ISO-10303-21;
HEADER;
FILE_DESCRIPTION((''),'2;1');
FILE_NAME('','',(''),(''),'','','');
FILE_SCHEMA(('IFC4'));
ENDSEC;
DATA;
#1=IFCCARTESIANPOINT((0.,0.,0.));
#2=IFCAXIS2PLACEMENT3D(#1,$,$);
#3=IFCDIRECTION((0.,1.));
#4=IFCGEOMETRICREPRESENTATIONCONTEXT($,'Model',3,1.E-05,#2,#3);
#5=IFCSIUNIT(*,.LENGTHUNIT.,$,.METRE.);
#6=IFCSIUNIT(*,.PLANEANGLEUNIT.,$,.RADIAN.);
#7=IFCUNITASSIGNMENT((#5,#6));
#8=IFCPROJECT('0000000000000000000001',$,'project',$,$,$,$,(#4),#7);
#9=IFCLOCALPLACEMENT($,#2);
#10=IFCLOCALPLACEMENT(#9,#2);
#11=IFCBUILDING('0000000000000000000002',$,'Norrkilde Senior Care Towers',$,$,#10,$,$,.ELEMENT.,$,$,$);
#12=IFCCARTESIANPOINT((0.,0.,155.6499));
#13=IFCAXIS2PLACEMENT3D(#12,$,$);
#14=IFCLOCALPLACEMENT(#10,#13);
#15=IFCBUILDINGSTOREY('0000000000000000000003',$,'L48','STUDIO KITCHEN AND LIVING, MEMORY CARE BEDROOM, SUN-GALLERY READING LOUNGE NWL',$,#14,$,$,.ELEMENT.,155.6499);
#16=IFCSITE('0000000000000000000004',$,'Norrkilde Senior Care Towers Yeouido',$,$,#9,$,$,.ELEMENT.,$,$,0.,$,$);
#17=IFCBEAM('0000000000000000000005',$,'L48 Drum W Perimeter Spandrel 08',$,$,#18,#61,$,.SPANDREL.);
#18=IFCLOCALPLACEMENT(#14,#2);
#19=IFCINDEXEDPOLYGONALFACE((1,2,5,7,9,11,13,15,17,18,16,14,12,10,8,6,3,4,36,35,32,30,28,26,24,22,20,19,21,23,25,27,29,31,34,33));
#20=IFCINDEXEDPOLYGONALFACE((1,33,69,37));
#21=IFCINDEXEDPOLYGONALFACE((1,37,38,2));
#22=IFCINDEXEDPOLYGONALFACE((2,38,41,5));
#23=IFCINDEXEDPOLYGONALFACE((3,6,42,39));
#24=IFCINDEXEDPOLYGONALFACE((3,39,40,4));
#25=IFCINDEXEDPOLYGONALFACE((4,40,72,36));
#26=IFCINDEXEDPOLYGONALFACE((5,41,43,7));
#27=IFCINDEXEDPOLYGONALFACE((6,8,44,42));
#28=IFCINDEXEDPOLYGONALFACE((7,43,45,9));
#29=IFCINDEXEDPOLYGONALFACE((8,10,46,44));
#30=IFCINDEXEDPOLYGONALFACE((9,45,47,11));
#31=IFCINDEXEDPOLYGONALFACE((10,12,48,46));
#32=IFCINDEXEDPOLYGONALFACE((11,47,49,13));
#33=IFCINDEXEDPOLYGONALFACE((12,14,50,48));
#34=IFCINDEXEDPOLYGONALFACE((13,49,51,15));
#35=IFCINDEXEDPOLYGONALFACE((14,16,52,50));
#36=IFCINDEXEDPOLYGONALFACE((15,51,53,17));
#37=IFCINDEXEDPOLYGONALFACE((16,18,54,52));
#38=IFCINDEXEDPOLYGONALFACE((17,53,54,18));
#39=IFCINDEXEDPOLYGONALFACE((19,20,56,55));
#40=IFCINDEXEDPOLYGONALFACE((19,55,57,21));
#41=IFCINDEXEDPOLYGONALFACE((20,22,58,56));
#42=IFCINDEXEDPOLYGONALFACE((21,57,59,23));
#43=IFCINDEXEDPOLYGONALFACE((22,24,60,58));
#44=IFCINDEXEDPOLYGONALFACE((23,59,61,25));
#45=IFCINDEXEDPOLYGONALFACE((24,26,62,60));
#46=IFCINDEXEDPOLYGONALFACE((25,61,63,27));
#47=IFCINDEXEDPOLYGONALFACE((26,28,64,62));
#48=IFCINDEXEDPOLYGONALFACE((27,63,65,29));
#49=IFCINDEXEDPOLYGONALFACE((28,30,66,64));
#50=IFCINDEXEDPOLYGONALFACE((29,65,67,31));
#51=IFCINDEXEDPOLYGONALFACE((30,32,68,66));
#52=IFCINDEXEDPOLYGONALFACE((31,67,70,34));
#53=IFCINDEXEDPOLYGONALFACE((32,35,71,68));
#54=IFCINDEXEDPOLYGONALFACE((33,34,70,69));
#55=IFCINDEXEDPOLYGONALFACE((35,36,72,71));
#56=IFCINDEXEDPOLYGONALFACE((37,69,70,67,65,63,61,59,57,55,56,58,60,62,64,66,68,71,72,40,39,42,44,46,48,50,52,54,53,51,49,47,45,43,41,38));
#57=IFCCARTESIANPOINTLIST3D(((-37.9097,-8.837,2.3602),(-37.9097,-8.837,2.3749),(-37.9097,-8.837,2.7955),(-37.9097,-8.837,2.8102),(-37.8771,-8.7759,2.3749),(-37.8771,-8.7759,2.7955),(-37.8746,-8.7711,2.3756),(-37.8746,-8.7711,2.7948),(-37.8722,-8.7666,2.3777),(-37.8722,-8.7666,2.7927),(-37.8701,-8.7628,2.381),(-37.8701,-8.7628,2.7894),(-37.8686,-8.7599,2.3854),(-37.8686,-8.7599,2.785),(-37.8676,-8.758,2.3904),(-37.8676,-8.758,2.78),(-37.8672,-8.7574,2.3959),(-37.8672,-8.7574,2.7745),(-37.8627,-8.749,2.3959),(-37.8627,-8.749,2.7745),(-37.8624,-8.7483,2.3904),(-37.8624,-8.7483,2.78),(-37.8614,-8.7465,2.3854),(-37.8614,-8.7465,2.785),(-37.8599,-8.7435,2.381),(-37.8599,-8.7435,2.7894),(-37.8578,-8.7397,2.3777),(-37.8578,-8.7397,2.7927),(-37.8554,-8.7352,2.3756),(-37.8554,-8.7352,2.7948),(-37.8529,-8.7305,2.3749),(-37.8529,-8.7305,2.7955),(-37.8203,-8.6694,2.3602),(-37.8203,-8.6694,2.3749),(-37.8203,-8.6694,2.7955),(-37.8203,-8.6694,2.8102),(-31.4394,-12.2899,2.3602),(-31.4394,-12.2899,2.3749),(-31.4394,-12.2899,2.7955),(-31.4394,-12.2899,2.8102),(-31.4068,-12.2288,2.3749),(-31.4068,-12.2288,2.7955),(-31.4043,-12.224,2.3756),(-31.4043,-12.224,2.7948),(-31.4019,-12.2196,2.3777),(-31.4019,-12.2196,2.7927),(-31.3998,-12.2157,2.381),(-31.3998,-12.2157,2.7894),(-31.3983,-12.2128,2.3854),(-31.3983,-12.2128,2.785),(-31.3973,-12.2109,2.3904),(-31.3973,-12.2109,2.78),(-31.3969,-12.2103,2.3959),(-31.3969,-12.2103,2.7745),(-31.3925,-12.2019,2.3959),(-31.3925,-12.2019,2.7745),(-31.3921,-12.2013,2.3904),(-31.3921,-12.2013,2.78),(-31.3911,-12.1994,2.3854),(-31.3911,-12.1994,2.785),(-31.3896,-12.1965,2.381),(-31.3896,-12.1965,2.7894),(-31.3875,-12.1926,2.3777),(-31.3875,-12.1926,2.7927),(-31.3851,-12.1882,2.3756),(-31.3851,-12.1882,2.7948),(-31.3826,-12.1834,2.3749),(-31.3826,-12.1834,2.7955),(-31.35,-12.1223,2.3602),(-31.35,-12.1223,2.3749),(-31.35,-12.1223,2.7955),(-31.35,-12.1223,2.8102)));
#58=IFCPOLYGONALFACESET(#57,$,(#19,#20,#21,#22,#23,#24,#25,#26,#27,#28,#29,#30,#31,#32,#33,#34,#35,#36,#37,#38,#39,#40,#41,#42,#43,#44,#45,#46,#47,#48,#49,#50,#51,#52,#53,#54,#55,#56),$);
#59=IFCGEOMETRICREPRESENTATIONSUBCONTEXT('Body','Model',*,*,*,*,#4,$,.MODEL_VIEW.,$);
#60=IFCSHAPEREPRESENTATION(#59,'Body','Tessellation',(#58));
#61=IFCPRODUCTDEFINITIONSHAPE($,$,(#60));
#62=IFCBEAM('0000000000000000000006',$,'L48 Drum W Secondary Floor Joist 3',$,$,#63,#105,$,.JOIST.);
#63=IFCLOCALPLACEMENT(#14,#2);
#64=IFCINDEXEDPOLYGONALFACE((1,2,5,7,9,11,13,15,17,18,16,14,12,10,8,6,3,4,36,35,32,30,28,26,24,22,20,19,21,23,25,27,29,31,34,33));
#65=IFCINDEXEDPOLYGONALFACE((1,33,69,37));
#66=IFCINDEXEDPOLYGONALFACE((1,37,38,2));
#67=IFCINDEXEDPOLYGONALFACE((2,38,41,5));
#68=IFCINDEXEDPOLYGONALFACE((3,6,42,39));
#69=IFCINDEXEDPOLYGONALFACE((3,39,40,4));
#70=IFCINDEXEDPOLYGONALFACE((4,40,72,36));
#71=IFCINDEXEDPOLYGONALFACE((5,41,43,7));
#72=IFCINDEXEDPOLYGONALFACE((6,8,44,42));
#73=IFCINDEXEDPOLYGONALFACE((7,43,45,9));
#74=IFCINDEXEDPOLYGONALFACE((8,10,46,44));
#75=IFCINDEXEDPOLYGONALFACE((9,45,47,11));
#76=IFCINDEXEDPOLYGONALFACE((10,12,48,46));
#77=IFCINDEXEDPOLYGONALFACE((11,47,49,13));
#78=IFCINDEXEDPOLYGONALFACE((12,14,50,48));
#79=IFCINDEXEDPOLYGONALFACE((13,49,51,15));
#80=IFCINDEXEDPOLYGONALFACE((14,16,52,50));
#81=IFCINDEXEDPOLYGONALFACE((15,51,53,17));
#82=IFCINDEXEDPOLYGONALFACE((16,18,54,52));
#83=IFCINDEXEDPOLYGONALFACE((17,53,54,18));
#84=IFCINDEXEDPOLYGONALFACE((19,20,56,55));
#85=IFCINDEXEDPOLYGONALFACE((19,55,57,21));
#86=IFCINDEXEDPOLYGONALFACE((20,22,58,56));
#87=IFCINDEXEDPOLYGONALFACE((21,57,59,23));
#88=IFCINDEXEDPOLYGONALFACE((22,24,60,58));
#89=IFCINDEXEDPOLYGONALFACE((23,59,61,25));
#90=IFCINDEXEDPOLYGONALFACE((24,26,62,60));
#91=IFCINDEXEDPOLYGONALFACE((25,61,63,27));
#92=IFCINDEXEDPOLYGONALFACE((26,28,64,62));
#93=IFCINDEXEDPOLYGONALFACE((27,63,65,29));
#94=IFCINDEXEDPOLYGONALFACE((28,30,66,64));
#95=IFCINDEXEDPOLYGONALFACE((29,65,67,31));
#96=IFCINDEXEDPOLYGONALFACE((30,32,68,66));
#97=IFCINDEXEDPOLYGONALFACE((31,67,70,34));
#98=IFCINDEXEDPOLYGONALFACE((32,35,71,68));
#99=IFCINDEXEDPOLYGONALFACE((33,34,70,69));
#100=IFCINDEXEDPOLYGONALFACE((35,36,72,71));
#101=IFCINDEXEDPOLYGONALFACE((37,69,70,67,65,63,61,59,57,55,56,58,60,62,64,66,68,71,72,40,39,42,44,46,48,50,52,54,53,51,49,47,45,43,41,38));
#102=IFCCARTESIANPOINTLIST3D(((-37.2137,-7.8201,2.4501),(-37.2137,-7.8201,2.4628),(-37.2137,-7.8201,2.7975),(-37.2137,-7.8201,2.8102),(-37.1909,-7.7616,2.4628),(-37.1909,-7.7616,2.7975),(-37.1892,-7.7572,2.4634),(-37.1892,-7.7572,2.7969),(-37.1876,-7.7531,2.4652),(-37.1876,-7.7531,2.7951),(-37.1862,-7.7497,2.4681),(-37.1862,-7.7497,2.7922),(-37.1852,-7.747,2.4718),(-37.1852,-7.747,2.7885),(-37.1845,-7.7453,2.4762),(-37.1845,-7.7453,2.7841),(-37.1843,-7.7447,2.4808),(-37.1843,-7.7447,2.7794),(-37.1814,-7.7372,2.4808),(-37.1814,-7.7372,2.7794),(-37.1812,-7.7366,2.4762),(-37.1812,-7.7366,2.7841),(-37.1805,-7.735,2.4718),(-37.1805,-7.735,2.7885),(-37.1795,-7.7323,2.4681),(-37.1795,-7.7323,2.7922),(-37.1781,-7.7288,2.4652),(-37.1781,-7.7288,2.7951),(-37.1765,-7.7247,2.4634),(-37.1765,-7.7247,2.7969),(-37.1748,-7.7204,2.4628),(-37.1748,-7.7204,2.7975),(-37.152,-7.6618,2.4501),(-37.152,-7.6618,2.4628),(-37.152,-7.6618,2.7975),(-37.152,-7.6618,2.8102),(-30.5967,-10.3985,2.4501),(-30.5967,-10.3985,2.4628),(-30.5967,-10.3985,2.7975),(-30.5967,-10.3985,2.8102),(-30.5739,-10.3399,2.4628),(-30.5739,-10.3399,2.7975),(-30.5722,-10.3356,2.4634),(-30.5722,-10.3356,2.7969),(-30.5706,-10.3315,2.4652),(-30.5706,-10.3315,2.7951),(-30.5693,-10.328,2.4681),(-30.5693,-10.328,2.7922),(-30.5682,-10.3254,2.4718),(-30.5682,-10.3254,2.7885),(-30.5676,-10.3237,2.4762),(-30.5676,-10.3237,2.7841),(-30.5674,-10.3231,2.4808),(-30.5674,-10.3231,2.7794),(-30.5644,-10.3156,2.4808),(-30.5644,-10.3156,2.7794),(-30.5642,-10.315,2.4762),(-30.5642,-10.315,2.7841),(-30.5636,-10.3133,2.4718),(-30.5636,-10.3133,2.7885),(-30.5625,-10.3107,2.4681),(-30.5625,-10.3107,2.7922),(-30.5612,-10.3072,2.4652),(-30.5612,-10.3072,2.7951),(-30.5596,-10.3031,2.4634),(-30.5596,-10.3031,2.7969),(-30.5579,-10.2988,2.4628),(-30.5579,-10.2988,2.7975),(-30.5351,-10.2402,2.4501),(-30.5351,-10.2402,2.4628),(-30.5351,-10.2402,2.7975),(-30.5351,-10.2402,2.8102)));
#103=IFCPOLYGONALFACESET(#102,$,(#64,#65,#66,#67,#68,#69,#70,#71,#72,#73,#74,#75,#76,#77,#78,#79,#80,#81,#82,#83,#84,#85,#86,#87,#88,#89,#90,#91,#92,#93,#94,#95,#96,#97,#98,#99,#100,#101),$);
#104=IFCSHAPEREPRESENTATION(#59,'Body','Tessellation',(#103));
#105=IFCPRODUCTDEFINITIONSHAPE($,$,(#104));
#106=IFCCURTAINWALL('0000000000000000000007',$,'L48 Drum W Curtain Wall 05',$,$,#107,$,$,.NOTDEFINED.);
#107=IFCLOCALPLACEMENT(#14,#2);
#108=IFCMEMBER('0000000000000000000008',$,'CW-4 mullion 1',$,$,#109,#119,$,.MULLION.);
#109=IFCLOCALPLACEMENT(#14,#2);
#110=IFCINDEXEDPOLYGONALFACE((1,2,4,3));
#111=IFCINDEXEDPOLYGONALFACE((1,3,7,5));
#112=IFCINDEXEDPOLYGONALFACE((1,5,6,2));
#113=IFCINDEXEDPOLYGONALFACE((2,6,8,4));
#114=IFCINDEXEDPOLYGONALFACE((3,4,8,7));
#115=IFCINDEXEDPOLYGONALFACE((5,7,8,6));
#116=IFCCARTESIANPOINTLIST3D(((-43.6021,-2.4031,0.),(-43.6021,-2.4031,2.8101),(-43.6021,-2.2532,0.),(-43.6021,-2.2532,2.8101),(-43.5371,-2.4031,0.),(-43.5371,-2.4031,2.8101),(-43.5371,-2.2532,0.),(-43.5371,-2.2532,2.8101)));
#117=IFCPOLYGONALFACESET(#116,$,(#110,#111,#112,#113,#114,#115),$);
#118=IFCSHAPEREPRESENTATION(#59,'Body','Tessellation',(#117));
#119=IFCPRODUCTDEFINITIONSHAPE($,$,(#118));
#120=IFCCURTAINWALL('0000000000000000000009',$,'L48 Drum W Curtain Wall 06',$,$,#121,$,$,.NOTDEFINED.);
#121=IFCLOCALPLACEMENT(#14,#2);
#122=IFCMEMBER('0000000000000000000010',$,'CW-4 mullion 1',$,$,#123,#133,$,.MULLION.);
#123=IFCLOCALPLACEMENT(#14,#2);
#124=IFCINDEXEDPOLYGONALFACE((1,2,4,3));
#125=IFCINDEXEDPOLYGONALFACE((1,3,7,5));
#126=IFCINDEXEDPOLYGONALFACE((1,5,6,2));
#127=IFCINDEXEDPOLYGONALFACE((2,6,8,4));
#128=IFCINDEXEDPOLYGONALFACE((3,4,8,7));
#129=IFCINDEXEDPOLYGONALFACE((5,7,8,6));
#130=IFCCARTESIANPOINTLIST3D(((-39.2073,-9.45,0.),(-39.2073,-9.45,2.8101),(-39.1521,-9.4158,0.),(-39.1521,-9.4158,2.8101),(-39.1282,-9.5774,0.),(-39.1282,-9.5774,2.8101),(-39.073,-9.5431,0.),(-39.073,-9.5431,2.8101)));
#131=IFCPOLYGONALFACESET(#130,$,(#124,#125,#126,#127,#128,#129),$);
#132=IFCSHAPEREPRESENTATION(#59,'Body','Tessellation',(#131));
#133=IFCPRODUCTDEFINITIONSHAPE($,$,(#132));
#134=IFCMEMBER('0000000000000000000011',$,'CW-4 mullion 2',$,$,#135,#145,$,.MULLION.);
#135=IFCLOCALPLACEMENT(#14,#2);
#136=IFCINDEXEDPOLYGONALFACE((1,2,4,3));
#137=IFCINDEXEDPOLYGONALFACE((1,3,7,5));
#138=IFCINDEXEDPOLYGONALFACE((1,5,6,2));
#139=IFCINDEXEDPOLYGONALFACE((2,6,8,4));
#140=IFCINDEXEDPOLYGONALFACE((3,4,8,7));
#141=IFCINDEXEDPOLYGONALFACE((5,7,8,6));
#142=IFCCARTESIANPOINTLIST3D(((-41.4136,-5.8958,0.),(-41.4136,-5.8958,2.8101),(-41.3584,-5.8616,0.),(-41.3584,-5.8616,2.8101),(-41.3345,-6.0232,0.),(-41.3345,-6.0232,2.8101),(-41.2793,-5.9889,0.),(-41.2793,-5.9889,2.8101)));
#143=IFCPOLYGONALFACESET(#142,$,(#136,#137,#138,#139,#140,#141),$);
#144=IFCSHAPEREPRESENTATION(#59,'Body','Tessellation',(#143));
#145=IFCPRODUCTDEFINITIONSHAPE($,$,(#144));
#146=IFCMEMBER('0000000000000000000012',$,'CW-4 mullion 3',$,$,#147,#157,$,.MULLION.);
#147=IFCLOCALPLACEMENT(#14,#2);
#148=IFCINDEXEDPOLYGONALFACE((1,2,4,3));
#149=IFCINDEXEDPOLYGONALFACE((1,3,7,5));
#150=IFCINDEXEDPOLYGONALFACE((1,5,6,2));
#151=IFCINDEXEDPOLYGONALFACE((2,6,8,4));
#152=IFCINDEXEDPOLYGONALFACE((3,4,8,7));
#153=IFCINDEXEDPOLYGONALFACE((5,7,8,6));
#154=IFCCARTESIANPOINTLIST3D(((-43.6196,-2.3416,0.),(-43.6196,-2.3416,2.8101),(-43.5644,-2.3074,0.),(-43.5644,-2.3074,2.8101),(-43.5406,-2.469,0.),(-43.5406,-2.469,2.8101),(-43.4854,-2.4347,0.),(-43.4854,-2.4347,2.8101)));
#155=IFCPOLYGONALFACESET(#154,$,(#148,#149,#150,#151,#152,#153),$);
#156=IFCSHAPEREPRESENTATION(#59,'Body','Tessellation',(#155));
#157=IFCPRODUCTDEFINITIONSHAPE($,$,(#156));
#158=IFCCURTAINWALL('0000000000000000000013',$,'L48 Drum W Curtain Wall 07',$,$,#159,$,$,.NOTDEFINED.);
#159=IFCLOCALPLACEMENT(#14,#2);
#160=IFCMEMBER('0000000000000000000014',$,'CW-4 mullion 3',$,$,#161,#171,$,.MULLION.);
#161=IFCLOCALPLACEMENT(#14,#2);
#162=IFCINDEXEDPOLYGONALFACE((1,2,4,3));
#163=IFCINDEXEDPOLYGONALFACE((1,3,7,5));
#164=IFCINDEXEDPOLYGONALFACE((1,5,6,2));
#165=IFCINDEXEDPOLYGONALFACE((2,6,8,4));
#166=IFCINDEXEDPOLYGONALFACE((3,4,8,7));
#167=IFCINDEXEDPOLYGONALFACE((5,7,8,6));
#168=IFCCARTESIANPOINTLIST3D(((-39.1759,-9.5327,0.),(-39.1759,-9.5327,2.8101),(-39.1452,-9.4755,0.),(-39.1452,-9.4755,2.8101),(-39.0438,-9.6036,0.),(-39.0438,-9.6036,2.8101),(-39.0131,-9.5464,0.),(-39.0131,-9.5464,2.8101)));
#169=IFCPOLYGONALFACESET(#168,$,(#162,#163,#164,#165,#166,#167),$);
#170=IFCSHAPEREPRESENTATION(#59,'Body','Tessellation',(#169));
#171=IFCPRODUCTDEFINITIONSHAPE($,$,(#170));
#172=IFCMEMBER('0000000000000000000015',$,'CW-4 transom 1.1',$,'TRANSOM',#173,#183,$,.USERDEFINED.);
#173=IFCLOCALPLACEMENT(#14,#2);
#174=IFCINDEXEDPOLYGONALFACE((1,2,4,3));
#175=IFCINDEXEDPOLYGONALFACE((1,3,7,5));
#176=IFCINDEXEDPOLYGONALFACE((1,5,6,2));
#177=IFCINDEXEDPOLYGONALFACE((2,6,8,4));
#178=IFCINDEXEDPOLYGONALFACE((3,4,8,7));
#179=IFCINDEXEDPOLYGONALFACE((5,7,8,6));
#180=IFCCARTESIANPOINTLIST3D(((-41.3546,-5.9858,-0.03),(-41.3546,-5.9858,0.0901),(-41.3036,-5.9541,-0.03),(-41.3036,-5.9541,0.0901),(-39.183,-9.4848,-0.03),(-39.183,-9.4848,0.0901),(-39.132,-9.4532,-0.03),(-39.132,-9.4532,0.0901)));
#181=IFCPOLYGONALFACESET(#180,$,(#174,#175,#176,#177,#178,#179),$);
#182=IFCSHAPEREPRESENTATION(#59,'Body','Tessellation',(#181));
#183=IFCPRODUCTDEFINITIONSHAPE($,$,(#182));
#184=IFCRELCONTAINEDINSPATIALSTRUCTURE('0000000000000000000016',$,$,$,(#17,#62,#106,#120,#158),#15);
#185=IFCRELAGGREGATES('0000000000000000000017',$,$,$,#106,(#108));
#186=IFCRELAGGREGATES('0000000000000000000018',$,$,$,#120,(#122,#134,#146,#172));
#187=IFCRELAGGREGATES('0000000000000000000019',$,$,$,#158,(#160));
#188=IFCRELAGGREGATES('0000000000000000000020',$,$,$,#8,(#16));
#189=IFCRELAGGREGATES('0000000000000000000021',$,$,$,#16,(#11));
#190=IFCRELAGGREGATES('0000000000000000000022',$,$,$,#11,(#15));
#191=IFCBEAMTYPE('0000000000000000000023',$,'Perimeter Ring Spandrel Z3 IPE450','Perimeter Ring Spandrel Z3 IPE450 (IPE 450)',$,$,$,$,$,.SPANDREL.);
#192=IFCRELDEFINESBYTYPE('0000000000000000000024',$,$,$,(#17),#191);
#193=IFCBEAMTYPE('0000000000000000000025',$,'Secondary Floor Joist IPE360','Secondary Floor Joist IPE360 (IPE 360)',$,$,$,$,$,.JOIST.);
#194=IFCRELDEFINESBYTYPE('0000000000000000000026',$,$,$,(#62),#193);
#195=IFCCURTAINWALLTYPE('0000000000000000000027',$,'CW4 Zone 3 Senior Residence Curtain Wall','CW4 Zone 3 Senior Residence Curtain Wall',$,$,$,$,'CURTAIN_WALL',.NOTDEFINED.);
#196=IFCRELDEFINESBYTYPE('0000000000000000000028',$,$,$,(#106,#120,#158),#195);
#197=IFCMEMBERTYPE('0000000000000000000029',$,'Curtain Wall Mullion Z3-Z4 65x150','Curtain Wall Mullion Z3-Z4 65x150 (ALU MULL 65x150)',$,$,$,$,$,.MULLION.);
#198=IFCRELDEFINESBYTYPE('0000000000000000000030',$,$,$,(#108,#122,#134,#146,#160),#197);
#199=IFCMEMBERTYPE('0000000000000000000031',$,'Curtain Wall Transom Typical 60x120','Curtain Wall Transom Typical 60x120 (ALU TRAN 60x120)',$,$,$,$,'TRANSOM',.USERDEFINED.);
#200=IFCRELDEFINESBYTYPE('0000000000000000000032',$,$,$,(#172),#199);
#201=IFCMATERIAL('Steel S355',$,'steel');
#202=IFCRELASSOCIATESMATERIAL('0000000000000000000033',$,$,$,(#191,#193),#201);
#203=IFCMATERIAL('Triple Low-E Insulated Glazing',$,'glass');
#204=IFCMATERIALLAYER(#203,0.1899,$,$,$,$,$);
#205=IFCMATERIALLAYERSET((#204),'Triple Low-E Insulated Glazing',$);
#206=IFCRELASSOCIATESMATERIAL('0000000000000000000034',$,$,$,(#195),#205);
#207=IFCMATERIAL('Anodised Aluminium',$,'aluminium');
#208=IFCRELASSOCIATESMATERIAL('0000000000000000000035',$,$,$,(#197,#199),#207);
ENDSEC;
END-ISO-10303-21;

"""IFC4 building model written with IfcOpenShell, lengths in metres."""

from ifc_helpers import new_model, si_unit, direction, frame, origin, origin_2d, place, context, subcontext, project, spatial, rectangle, i_section, extrude, source, transform, mapped, material, layer, layer_set, material_profile, profile_set, type_object, type_shapes, element, aggregate, save


model = new_model("IFC4")

# Units and contexts
model_context = context("Model", 3, precision=1e-05, world=origin(), true_north=direction((0.0, 1.0)))
body_context = subcontext(model_context, "Body", "Model", "MODEL_VIEW")
ifc_project = project(units=[si_unit("LENGTHUNIT", "METRE"), si_unit("PLANEANGLEUNIT", "RADIAN")], contexts=[model_context])

# Site, building, storey
site_placement = place(None, origin())
site = spatial("IfcSite", under=ifc_project, at=site_placement, Name="Norrkilde Senior Care Towers Yeouido", CompositionType="ELEMENT", RefElevation=0.0)
building_placement = place(site_placement, origin())
building = spatial("IfcBuilding", under=site, at=building_placement, Name="Norrkilde Senior Care Towers", CompositionType="ELEMENT")
storey_placement = place(building_placement, frame((0.0, 0.0, 155.6499)))
storey = spatial("IfcBuildingStorey", under=building, at=storey_placement, Name="L48", Description="STUDIO KITCHEN AND LIVING, MEMORY CARE BEDROOM, SUN-GALLERY READING LOUNGE NWL", CompositionType="ELEMENT", Elevation=155.6499)

# Beams
ifc_material_1 = material(Name="Steel S355", Category="steel")
ifc_material_profile_1 = material_profile(ifc_material_1, i_section(OverallWidth=0.1899, OverallDepth=0.45, WebThickness=0.0095, FlangeThickness=0.0146, FilletRadius=0.021, at=origin_2d()), Name="IPE 450")
ifc_profile_set_1 = profile_set([ifc_material_profile_1], Name="Steel S355")
beam_type_1 = type_object("IfcBeamType", Name="Perimeter Ring Spandrel Z3 IPE450", Description="Perimeter Ring Spandrel Z3 IPE450 (IPE 450)", PredefinedType="SPANDREL", material=ifc_profile_set_1)
shared_shape_1 = source(origin(), body_context, "Body", "SweptSolid", [
    extrude(i_section(OverallWidth=0.1899, OverallDepth=0.45, WebThickness=0.0095, FlangeThickness=0.0146, FilletRadius=0.021, at=origin_2d()), origin(), (0.0, 0.0, 1.0), 7.334),
])
beam_1_placement = place(storey_placement, frame((-37.865, -8.7532, 2.5852), z_axis=(0.882234, -0.470811, 0.0), x_axis=(0.470811, 0.882234, 0.0)))
element("IfcBeam", 1, at=beam_1_placement, inside=storey, type_object=beam_type_1, Name="L48 Drum W Perimeter Spandrel 08", PredefinedType="SPANDREL", context=body_context, shape_type="MappedRepresentation", body=[
    mapped(shared_shape_1, transform((0.0, 0.0, 0.0), x_axis=(1.0, 0.0, 0.0), y_axis=(0.0, 1.0, 0.0), z_axis=(0.0, 0.0, 1.0), scale=1.0)),
])
ifc_material_profile_2 = material_profile(ifc_material_1, i_section(OverallWidth=0.1699, OverallDepth=0.3601, WebThickness=0.0081, FlangeThickness=0.0127, FilletRadius=0.0181, at=origin_2d()), Name="IPE 360")
ifc_profile_set_2 = profile_set([ifc_material_profile_2], Name="Steel S355")
beam_type_2 = type_object("IfcBeamType", Name="Secondary Floor Joist IPE360", Description="Secondary Floor Joist IPE360 (IPE 360)", PredefinedType="JOIST", material=ifc_profile_set_2)
shared_shape_2 = source(origin(), body_context, "Body", "SweptSolid", [
    extrude(i_section(OverallWidth=0.1699, OverallDepth=0.3601, WebThickness=0.0081, FlangeThickness=0.0127, FilletRadius=0.0181, at=origin_2d()), origin(), (0.0, 0.0, 1.0), 7.1016),
])
type_shapes(beam_type_2, [shared_shape_2])
beam_2_placement = place(storey_placement, frame((-37.1829, -7.741, 2.6301), z_axis=(0.931761, -0.363072, 0.0), x_axis=(0.363072, 0.931761, 0.0)))
element("IfcBeam", 2, at=beam_2_placement, inside=storey, type_object=beam_type_2, Name="L48 Drum W Secondary Floor Joist 3", PredefinedType="JOIST", context=body_context, shape_type="MappedRepresentation", body=[
    mapped(shared_shape_2, transform((0.0, 0.0, 0.0), x_axis=(1.0, 0.0, 0.0), y_axis=(0.0, 1.0, 0.0), z_axis=(0.0, 0.0, 1.0), scale=1.0)),
])

# Curtain wall, member
ifc_material_2 = material(Name="Triple Low-E Insulated Glazing", Category="glass")
ifc_layer_1 = layer(ifc_material_2, 0.1899)
ifc_layer_set_1 = layer_set([ifc_layer_1], Name="Triple Low-E Insulated Glazing")
curtain_wall_type = type_object("IfcCurtainWallType", Name="CW4 Zone 3 Senior Residence Curtain Wall", Description="CW4 Zone 3 Senior Residence Curtain Wall", ElementType="CURTAIN_WALL", PredefinedType="NOTDEFINED", material=ifc_layer_set_1)
curtain_wall_1_placement = place(storey_placement, origin())
curtain_wall_1 = element("IfcCurtainWall", 3, at=curtain_wall_1_placement, inside=storey, type_object=curtain_wall_type, Name="L48 Drum W Curtain Wall 05", PredefinedType="NOTDEFINED")
ifc_material_3 = material(Name="Anodised Aluminium", Category="aluminium")
ifc_material_profile_3 = material_profile(ifc_material_3, rectangle(XDim=0.0649, YDim=0.1499, at=origin_2d()), Name="ALU MULL 65x150")
ifc_profile_set_3 = profile_set([ifc_material_profile_3], Name="Anodised Aluminium")
member_type_1 = type_object("IfcMemberType", Name="Curtain Wall Mullion Z3-Z4 65x150", Description="Curtain Wall Mullion Z3-Z4 65x150 (ALU MULL 65x150)", PredefinedType="MULLION", material=ifc_profile_set_3)
shared_shape_3 = source(origin(), body_context, "Body", "SweptSolid", [
    extrude(rectangle(XDim=0.0649, YDim=0.1499, at=origin_2d()), origin(), (0.0, 0.0, 1.0), 2.8101),
])
type_shapes(member_type_1, [shared_shape_3])
member_1_placement = place(storey_placement, frame((-43.5696, -2.3281, 0.0), z_axis=(0.0, 0.0, 1.0), x_axis=(-1.0, 0.0, 0.0)))
member_1 = element("IfcMember", 4, at=member_1_placement, type_object=member_type_1, Name="CW-4 mullion 1", PredefinedType="MULLION", context=body_context, shape_type="MappedRepresentation", body=[
    mapped(shared_shape_3, transform((0.0, 0.0, 0.0), x_axis=(1.0, 0.0, 0.0), y_axis=(0.0, 1.0, 0.0), z_axis=(0.0, 0.0, 1.0), scale=1.0)),
])

# Curtain wall, members
curtain_wall_2_placement = place(storey_placement, origin())
curtain_wall_2 = element("IfcCurtainWall", 5, at=curtain_wall_2_placement, inside=storey, type_object=curtain_wall_type, Name="L48 Drum W Curtain Wall 06", PredefinedType="NOTDEFINED")
member_2_placement = place(storey_placement, frame((-39.1401, -9.4966, 0.0), z_axis=(0.0, 0.0, 1.0), x_axis=(-0.849634, -0.527373, 0.0)))
member_2 = element("IfcMember", 6, at=member_2_placement, type_object=member_type_1, Name="CW-4 mullion 1", PredefinedType="MULLION", context=body_context, shape_type="MappedRepresentation", body=[
    mapped(shared_shape_3, transform((0.0, 0.0, 0.0), x_axis=(1.0, 0.0, 0.0), y_axis=(0.0, 1.0, 0.0), z_axis=(0.0, 0.0, 1.0), scale=1.0)),
])
member_3_placement = place(storey_placement, frame((-41.3464, -5.9424, 0.0), z_axis=(0.0, 0.0, 1.0), x_axis=(-0.849634, -0.527373, 0.0)))
member_3 = element("IfcMember", 7, at=member_3_placement, type_object=member_type_1, Name="CW-4 mullion 2", PredefinedType="MULLION", context=body_context, shape_type="MappedRepresentation", body=[
    mapped(shared_shape_3, transform((0.0, 0.0, 0.0), x_axis=(1.0, 0.0, 0.0), y_axis=(0.0, 1.0, 0.0), z_axis=(0.0, 0.0, 1.0), scale=1.0)),
])
member_4_placement = place(storey_placement, frame((-43.5525, -2.3882, 0.0), z_axis=(0.0, 0.0, 1.0), x_axis=(-0.849634, -0.527373, 0.0)))
member_4 = element("IfcMember", 8, at=member_4_placement, type_object=member_type_1, Name="CW-4 mullion 3", PredefinedType="MULLION", context=body_context, shape_type="MappedRepresentation", body=[
    mapped(shared_shape_3, transform((0.0, 0.0, 0.0), x_axis=(1.0, 0.0, 0.0), y_axis=(0.0, 1.0, 0.0), z_axis=(0.0, 0.0, 1.0), scale=1.0)),
])

# Curtain wall, member
curtain_wall_3_placement = place(storey_placement, origin())
curtain_wall_3 = element("IfcCurtainWall", 9, at=curtain_wall_3_placement, inside=storey, type_object=curtain_wall_type, Name="L48 Drum W Curtain Wall 07", PredefinedType="NOTDEFINED")
member_5_placement = place(storey_placement, frame((-39.0945, -9.5396, 0.0), z_axis=(0.0, 0.0, 1.0), x_axis=(-0.473117, -0.881, 0.0)))
member_5 = element("IfcMember", 10, at=member_5_placement, type_object=member_type_1, Name="CW-4 mullion 3", PredefinedType="MULLION", context=body_context, shape_type="MappedRepresentation", body=[
    mapped(shared_shape_3, transform((0.0, 0.0, 0.0), x_axis=(1.0, 0.0, 0.0), y_axis=(0.0, 1.0, 0.0), z_axis=(0.0, 0.0, 1.0), scale=1.0)),
])

# Member
ifc_material_profile_4 = material_profile(ifc_material_3, rectangle(XDim=0.0601, YDim=0.1201, at=origin_2d()), Name="ALU TRAN 60x120")
ifc_profile_set_4 = profile_set([ifc_material_profile_4], Name="Anodised Aluminium")
member_type_2 = type_object("IfcMemberType", Name="Curtain Wall Transom Typical 60x120", Description="Curtain Wall Transom Typical 60x120 (ALU TRAN 60x120)", ElementType="TRANSOM", PredefinedType="USERDEFINED", material=ifc_profile_set_4)
shared_shape_4 = source(origin(), body_context, "Body", "SweptSolid", [
    extrude(rectangle(XDim=0.0601, YDim=0.1201, at=origin_2d()), origin(), (0.0, 0.0, 1.0), 4.1182),
])
member_6_placement = place(storey_placement, frame((-39.1575, -9.469, 0.03), z_axis=(-0.527332, 0.849659, 0.0), x_axis=(-0.849659, -0.527332, 0.0)))
member_6 = element("IfcMember", 11, at=member_6_placement, type_object=member_type_2, Name="CW-4 transom 1.1", ObjectType="TRANSOM", PredefinedType="USERDEFINED", context=body_context, shape_type="MappedRepresentation", body=[
    mapped(shared_shape_4, transform((0.0, 0.0, 0.0), x_axis=(1.0, 0.0, 0.0), y_axis=(0.0, 1.0, 0.0), z_axis=(0.0, 0.0, 1.0), scale=1.0)),
])
aggregate(curtain_wall_1, [member_1])

aggregate(curtain_wall_2, [member_2, member_3, member_4, member_6])
aggregate(curtain_wall_3, [member_5])

save(model, "model.ifc")
